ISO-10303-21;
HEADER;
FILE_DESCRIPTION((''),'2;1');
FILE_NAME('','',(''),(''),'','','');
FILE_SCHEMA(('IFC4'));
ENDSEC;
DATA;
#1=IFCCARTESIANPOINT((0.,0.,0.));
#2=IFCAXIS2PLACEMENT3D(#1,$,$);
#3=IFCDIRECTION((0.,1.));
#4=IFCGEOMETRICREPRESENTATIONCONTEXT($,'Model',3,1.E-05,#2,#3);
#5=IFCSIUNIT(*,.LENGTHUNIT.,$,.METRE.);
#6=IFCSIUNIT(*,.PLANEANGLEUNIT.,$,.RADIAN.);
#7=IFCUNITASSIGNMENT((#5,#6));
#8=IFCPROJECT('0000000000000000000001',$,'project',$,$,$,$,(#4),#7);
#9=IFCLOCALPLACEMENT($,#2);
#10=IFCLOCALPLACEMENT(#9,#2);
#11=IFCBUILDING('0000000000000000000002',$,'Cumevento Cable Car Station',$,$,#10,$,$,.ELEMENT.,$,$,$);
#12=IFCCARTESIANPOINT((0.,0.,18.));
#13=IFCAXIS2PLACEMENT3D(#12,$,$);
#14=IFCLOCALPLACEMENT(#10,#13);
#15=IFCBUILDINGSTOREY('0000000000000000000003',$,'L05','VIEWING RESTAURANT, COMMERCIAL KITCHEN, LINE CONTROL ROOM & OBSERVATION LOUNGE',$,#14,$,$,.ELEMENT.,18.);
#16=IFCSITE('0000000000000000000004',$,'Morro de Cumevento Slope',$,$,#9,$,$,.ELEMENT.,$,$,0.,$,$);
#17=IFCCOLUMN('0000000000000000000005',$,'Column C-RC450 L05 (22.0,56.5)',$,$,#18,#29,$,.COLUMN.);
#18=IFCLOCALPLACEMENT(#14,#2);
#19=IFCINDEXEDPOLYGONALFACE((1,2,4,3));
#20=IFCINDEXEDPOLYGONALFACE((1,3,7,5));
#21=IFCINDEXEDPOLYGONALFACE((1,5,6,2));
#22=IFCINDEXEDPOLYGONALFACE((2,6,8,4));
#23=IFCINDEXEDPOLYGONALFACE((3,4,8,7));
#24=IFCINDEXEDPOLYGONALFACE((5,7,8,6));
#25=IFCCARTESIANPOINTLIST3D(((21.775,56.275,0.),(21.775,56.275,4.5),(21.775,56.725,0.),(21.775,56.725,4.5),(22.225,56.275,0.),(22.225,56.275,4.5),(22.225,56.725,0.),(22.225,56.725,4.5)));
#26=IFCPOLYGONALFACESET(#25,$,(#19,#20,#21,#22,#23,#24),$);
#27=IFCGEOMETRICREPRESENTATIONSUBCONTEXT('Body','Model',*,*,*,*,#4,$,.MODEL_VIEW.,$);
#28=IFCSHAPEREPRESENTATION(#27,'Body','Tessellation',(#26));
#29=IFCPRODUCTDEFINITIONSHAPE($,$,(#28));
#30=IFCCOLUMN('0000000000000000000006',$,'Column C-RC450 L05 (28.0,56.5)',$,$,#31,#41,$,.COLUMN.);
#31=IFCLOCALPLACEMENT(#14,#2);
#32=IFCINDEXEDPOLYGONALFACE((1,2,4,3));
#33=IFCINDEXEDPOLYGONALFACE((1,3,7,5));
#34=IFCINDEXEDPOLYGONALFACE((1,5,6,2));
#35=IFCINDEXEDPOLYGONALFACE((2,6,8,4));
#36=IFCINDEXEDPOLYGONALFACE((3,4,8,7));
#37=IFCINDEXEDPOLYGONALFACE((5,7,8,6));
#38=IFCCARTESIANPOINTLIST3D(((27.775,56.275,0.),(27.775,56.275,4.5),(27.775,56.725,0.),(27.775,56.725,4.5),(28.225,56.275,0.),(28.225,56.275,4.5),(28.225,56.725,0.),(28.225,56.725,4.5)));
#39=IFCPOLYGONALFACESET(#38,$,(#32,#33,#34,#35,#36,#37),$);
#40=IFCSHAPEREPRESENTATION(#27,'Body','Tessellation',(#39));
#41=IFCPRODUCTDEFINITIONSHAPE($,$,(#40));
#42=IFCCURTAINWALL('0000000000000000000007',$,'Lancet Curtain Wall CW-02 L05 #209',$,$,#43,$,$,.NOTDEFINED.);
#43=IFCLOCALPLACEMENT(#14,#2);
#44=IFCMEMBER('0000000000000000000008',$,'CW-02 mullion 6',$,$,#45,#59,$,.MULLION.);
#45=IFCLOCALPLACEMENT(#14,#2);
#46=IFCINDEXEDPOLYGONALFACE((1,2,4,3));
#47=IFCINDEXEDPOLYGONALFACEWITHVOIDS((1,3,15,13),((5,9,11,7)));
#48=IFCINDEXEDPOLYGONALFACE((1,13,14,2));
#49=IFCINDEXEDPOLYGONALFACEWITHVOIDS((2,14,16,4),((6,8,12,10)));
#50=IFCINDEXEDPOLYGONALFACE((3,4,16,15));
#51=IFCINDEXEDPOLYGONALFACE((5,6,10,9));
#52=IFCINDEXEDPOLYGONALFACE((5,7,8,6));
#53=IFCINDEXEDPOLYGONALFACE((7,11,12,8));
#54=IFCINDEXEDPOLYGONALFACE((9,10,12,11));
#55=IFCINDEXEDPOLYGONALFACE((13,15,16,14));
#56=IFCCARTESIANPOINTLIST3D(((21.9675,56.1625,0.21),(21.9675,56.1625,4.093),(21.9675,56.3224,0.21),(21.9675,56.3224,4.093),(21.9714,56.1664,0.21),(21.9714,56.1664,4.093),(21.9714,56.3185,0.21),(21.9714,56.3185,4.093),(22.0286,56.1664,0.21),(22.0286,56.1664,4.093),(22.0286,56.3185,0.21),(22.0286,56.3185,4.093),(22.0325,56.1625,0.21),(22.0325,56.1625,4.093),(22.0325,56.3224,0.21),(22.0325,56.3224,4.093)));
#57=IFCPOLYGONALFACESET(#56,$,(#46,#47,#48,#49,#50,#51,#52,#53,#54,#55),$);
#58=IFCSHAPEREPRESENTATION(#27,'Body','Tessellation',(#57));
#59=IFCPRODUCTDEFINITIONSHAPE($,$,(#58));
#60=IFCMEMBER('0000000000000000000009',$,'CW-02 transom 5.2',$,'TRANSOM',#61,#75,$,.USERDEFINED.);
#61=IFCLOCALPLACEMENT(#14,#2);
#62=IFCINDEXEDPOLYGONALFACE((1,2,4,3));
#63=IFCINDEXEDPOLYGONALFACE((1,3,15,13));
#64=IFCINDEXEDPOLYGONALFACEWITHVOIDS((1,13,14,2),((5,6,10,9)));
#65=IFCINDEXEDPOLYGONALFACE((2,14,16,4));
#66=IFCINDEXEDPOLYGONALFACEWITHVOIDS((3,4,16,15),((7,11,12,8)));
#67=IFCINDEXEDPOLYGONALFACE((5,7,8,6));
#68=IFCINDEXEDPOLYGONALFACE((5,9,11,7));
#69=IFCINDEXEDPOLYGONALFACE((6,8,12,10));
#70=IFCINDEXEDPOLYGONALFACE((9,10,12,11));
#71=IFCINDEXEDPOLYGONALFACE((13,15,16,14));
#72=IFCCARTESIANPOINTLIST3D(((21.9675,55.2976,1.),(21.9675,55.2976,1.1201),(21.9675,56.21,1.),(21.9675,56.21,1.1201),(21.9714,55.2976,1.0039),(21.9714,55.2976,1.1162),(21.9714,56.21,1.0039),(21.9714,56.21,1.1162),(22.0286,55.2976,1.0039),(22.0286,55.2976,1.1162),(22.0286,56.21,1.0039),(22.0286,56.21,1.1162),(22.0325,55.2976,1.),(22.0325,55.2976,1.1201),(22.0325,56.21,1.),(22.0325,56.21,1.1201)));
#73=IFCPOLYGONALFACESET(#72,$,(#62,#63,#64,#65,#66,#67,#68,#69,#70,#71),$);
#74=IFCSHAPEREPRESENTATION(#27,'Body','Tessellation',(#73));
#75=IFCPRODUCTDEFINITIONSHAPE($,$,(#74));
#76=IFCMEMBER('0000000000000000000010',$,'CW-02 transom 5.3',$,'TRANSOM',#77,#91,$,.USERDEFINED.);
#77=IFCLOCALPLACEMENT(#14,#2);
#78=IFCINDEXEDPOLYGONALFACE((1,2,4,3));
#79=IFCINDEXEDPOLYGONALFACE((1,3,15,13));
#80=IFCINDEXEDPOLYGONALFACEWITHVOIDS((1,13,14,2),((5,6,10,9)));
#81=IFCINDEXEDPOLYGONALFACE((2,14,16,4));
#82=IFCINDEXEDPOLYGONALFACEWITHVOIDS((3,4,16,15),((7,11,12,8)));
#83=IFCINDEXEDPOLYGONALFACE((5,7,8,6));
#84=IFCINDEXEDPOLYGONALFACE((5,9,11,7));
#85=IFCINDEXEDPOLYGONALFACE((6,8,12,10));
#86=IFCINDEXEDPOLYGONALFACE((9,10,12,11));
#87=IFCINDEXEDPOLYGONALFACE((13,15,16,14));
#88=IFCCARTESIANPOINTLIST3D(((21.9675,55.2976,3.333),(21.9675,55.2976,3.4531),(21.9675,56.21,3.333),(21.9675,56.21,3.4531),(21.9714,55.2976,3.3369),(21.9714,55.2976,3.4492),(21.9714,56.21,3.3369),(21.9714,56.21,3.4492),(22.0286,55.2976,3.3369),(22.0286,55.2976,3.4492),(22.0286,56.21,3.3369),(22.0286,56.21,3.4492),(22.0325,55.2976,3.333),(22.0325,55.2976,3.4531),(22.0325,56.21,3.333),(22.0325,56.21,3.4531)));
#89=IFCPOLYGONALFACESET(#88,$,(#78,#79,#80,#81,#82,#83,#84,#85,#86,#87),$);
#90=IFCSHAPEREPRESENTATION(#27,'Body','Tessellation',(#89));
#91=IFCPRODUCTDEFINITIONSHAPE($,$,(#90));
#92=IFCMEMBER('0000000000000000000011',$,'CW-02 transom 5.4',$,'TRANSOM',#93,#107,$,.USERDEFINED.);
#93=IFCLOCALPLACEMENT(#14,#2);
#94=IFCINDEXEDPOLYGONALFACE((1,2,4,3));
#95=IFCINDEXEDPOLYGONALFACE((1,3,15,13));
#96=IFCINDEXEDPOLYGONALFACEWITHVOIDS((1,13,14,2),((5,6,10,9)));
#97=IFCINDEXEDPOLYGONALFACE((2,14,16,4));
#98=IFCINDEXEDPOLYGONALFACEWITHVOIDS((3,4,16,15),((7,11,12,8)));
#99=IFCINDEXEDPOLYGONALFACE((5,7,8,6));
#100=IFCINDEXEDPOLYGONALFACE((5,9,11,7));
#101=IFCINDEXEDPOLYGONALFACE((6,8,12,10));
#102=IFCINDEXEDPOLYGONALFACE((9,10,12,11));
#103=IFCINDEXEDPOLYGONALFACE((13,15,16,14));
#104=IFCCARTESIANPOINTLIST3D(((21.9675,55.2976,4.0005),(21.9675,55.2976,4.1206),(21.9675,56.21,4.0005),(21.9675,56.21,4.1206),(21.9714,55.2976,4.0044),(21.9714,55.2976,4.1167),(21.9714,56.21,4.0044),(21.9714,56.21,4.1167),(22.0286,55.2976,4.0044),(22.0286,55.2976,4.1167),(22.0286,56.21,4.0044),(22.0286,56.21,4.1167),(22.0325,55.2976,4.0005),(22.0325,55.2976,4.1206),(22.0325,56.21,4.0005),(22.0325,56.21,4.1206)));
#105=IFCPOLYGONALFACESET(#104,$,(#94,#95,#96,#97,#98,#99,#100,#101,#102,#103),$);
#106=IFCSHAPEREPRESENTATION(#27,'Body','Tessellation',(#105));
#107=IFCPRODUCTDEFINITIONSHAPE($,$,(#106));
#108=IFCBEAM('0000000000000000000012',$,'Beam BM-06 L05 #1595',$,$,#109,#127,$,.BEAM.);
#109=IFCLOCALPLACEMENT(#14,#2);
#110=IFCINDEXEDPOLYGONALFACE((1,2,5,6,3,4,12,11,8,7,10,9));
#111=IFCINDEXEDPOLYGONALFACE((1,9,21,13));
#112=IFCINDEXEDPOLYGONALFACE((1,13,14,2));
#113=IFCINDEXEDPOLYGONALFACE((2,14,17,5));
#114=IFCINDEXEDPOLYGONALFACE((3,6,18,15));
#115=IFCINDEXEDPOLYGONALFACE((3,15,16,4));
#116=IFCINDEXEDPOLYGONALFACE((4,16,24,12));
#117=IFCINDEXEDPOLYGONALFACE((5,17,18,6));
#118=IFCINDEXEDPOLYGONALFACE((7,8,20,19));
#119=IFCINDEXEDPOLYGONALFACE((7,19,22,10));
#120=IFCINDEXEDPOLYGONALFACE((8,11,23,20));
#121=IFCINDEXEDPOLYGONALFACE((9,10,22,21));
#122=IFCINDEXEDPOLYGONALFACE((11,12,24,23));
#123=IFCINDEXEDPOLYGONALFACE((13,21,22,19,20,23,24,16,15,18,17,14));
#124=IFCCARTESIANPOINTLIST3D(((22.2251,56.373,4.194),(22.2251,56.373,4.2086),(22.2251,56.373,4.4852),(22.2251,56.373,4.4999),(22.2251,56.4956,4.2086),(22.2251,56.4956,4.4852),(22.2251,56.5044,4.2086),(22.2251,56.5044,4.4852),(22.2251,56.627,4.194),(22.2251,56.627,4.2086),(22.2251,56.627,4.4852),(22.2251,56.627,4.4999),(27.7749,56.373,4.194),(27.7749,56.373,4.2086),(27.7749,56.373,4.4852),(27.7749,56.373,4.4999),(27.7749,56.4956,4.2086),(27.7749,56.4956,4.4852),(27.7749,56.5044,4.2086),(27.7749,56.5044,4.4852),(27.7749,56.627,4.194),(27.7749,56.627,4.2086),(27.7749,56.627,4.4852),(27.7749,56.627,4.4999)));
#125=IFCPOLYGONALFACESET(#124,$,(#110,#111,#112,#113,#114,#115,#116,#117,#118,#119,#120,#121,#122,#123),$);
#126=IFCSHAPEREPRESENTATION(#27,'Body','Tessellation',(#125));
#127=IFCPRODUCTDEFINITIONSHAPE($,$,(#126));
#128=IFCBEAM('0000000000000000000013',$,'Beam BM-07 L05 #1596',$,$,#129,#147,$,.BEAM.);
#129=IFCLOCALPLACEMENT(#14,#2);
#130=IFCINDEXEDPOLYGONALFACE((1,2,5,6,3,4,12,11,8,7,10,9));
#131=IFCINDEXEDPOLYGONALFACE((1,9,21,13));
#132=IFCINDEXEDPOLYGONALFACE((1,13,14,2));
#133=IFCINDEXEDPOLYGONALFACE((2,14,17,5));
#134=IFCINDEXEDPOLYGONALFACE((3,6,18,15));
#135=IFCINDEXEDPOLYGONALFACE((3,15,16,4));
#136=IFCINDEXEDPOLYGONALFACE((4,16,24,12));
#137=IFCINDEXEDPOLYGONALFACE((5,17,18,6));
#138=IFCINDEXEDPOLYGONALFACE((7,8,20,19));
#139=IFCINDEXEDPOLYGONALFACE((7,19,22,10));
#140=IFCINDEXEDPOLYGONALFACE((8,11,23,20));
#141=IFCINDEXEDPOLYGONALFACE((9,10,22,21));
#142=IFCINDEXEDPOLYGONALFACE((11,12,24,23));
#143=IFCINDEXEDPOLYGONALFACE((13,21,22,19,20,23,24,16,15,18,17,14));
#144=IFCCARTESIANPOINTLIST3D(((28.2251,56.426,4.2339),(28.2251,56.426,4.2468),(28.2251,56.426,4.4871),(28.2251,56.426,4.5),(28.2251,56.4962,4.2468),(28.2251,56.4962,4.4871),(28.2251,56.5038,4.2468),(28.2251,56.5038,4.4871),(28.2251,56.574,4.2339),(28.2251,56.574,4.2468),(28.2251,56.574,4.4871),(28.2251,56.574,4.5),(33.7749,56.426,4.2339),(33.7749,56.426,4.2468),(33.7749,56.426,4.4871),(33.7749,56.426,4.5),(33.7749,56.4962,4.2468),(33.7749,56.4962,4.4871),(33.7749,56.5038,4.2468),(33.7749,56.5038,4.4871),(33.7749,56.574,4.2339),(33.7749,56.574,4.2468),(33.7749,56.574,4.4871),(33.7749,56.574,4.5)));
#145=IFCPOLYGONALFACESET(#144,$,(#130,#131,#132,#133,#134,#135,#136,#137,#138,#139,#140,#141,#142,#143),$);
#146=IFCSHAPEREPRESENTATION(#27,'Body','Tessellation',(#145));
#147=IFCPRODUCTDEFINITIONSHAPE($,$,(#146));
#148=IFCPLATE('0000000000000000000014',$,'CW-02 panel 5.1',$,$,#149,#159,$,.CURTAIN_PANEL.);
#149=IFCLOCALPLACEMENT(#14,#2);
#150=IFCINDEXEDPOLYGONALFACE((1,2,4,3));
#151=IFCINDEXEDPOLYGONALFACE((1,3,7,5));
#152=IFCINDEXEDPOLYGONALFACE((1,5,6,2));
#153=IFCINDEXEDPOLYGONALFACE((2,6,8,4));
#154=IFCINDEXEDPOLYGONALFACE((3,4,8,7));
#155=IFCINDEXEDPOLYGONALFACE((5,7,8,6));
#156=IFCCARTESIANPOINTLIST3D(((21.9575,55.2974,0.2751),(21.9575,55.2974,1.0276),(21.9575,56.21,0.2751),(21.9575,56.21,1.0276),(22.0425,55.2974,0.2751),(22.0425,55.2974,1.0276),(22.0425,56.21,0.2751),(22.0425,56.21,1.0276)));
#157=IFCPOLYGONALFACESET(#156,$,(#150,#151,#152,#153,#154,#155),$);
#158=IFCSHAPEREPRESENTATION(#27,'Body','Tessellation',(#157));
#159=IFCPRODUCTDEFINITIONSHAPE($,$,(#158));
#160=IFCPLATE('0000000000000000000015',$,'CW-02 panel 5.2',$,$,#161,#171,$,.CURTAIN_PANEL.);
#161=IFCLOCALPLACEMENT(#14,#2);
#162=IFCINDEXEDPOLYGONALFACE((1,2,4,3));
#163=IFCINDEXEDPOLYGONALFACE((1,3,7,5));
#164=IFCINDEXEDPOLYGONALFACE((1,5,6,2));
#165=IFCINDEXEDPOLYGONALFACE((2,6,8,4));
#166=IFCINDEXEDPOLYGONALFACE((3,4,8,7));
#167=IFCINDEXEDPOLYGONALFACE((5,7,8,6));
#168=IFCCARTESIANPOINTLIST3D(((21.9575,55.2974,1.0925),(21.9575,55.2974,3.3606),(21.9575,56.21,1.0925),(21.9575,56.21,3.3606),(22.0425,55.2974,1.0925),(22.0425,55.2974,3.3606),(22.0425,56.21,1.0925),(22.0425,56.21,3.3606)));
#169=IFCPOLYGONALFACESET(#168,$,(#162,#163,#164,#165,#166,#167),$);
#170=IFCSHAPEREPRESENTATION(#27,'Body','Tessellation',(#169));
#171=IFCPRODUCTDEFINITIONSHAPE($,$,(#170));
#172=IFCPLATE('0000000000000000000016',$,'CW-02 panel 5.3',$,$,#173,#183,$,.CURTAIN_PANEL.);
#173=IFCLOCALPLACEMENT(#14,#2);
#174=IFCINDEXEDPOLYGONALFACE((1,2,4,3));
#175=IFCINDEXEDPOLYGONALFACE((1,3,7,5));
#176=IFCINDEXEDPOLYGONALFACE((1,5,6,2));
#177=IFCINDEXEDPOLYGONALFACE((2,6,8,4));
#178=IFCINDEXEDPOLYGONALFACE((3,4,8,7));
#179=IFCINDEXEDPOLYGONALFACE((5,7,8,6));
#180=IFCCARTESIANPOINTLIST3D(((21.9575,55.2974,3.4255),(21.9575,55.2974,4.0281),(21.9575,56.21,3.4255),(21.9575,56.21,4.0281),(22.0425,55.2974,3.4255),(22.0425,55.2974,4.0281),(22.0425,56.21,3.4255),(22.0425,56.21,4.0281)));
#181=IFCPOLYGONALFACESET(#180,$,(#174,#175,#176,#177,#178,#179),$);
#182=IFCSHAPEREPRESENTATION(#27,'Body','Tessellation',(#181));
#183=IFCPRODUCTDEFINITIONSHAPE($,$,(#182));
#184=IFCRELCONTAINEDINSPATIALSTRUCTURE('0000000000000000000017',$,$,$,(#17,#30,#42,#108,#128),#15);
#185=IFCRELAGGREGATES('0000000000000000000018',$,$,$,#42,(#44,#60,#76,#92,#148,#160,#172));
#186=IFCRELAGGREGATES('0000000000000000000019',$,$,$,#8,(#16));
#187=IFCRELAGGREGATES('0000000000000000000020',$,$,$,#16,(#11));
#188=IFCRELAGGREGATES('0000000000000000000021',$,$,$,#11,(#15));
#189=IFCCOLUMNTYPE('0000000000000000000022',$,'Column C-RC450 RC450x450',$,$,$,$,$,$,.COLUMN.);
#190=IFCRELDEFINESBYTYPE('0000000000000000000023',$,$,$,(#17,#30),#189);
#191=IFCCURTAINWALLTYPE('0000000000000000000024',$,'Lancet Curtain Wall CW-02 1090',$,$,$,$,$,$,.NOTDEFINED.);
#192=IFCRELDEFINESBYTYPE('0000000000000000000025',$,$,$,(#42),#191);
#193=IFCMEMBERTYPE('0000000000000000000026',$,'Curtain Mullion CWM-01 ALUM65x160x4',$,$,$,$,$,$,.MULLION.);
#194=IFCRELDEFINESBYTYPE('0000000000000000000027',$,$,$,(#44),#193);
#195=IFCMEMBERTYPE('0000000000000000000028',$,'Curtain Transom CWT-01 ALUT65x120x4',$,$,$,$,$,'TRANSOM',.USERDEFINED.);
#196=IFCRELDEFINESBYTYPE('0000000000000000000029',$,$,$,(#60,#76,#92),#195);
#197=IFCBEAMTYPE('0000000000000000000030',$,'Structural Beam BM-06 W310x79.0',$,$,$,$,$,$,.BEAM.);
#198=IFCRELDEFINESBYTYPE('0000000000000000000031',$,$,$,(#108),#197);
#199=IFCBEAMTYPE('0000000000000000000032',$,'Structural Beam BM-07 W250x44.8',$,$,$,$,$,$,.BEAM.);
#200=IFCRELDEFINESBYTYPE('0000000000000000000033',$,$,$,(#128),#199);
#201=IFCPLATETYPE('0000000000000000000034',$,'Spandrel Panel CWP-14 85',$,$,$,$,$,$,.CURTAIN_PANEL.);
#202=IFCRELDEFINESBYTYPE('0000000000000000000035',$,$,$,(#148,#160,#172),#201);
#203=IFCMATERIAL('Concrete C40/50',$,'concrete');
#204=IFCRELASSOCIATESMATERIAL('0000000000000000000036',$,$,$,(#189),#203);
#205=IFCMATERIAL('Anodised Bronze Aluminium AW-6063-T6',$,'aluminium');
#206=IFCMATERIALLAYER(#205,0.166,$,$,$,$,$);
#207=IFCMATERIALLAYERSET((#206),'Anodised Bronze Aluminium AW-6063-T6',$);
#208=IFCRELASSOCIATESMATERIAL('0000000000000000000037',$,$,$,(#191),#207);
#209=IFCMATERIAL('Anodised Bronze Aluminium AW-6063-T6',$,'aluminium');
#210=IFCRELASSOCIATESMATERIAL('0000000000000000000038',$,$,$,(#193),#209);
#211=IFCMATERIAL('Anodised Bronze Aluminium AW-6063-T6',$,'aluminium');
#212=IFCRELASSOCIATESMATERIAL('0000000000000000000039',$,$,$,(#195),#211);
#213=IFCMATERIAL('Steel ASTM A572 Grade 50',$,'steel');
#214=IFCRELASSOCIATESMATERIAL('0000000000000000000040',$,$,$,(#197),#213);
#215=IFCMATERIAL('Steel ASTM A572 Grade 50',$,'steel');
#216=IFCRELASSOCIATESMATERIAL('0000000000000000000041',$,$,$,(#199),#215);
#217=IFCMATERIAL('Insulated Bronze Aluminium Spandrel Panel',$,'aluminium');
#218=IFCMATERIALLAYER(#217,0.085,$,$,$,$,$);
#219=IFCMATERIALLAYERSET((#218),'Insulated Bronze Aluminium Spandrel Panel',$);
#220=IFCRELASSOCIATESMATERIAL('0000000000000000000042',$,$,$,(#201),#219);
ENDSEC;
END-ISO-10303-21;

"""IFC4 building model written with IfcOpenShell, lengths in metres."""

from ifc_helpers import new_model, si_unit, direction, frame, origin, origin_2d, place, context, subcontext, project, spatial, rectangle, hollow_rectangle, i_section, extrude, material, layer, layer_set, material_profile, profile_set, type_object, element, aggregate, save


model = new_model("IFC4")

# Units and contexts
model_context = context("Model", 3, precision=1e-05, world=origin(), true_north=direction((0.0, 1.0)))
body_context = subcontext(model_context, "Body", "Model", "MODEL_VIEW")
ifc_project = project(units=[si_unit("LENGTHUNIT", "METRE"), si_unit("PLANEANGLEUNIT", "RADIAN")], contexts=[model_context])

# Site, building, storey
site_placement = place(None, origin())
site = spatial("IfcSite", under=ifc_project, at=site_placement, Name="Morro de Cumevento Slope", CompositionType="ELEMENT", RefElevation=0.0)
building_placement = place(site_placement, origin())
building = spatial("IfcBuilding", under=site, at=building_placement, Name="Cumevento Cable Car Station", CompositionType="ELEMENT")
storey_placement = place(building_placement, frame((0.0, 0.0, 18.0)))
storey = spatial("IfcBuildingStorey", under=building, at=storey_placement, Name="L05", Description="VIEWING RESTAURANT, COMMERCIAL KITCHEN, LINE CONTROL ROOM & OBSERVATION LOUNGE", CompositionType="ELEMENT", Elevation=18.0)

# Columns
ifc_material_1 = material(Name="Concrete C40/50", Category="concrete")
ifc_material_profile_1 = material_profile(ifc_material_1, rectangle(XDim=0.45, YDim=0.45, at=origin_2d()), Name="RC450x450")
ifc_profile_set_1 = profile_set([ifc_material_profile_1], Name="Concrete C40/50")
column_type = type_object("IfcColumnType", Name="Column C-RC450 RC450x450", PredefinedType="COLUMN", material=ifc_profile_set_1)
for number, where, z_axis, x_axis, name in (
    (1, (22.0, 56.5, 0.0), (0.0, 0.0, 1.0), (1.0, 0.0, 0.0), "Column C-RC450 L05 (22.0,56.5)"),
    (2, (28.0, 56.5, 0.0), (0.0, 0.0, 1.0), (1.0, 0.0, 0.0), "Column C-RC450 L05 (28.0,56.5)"),
):
    element("IfcColumn", number, at=place(storey_placement, frame(where, z_axis=z_axis, x_axis=x_axis)), inside=storey, type_object=column_type, Name=name, PredefinedType="COLUMN", context=body_context, shape_type="SweptSolid", body=[
        extrude(rectangle(XDim=0.45, YDim=0.45, at=origin_2d()), origin(), (0.0, 0.0, 1.0), 4.5),
    ])

# Curtain wall, members
ifc_material_2 = material(Name="Anodised Bronze Aluminium AW-6063-T6", Category="aluminium")
ifc_layer_1 = layer(ifc_material_2, 0.166)
ifc_layer_set_1 = layer_set([ifc_layer_1], Name="Anodised Bronze Aluminium AW-6063-T6")
curtain_wall_type = type_object("IfcCurtainWallType", Name="Lancet Curtain Wall CW-02 1090", PredefinedType="NOTDEFINED", material=ifc_layer_set_1)
curtain_wall_placement = place(storey_placement, origin())
curtain_wall = element("IfcCurtainWall", 3, at=curtain_wall_placement, inside=storey, type_object=curtain_wall_type, Name="Lancet Curtain Wall CW-02 L05 #209", PredefinedType="NOTDEFINED")
ifc_material_3 = material(Name="Anodised Bronze Aluminium AW-6063-T6", Category="aluminium")
ifc_material_profile_2 = material_profile(ifc_material_3, hollow_rectangle(XDim=0.0649, YDim=0.1599, WallThickness=0.0039, at=origin_2d()), Name="ALUM65x160x4")
ifc_profile_set_2 = profile_set([ifc_material_profile_2], Name="Anodised Bronze Aluminium AW-6063-T6")
member_type_1 = type_object("IfcMemberType", Name="Curtain Mullion CWM-01 ALUM65x160x4", PredefinedType="MULLION", material=ifc_profile_set_2)
member_1_placement = place(storey_placement, frame((22.0, 56.2424, 0.21), z_axis=(0.0, 0.0, 1.0), x_axis=(-1.0, 0.0, 0.0)))
member_1 = element("IfcMember", 4, at=member_1_placement, type_object=member_type_1, Name="CW-02 mullion 6", PredefinedType="MULLION", context=body_context, shape_type="SweptSolid", body=[
    extrude(hollow_rectangle(XDim=0.0649, YDim=0.1599, WallThickness=0.0039, at=origin_2d()), origin(), (0.0, 0.0, 1.0), 3.8831),
])
ifc_material_4 = material(Name="Anodised Bronze Aluminium AW-6063-T6", Category="aluminium")
ifc_material_profile_3 = material_profile(ifc_material_4, hollow_rectangle(XDim=0.0649, YDim=0.1201, WallThickness=0.0039, at=origin_2d()), Name="ALUT65x120x4")
ifc_profile_set_3 = profile_set([ifc_material_profile_3], Name="Anodised Bronze Aluminium AW-6063-T6")
member_type_2 = type_object("IfcMemberType", Name="Curtain Transom CWT-01 ALUT65x120x4", ElementType="TRANSOM", PredefinedType="USERDEFINED", material=ifc_profile_set_3)
member_2_placement = place(storey_placement, frame((22.0, 55.2976, 1.0601), z_axis=(0.0, 1.0, 0.0), x_axis=(-1.0, 0.0, 0.0)))
member_2 = element("IfcMember", 5, at=member_2_placement, type_object=member_type_2, Name="CW-02 transom 5.2", ObjectType="TRANSOM", PredefinedType="USERDEFINED", context=body_context, shape_type="SweptSolid", body=[
    extrude(hollow_rectangle(XDim=0.0649, YDim=0.1201, WallThickness=0.0039, at=origin_2d()), origin(), (0.0, 0.0, 1.0), 0.9124),
])
member_3_placement = place(storey_placement, frame((22.0, 55.2976, 3.3931), z_axis=(0.0, 1.0, 0.0), x_axis=(-1.0, 0.0, 0.0)))
member_3 = element("IfcMember", 6, at=member_3_placement, type_object=member_type_2, Name="CW-02 transom 5.3", ObjectType="TRANSOM", PredefinedType="USERDEFINED", context=body_context, shape_type="SweptSolid", body=[
    extrude(hollow_rectangle(XDim=0.0649, YDim=0.1201, WallThickness=0.0039, at=origin_2d()), origin(), (0.0, 0.0, 1.0), 0.9124),
])
member_4_placement = place(storey_placement, frame((22.0, 55.2976, 4.0605), z_axis=(0.0, 1.0, 0.0), x_axis=(-1.0, 0.0, 0.0)))
member_4 = element("IfcMember", 7, at=member_4_placement, type_object=member_type_2, Name="CW-02 transom 5.4", ObjectType="TRANSOM", PredefinedType="USERDEFINED", context=body_context, shape_type="SweptSolid", body=[
    extrude(hollow_rectangle(XDim=0.0649, YDim=0.1201, WallThickness=0.0039, at=origin_2d()), origin(), (0.0, 0.0, 1.0), 0.9124),
])

# Beams
ifc_material_5 = material(Name="Steel ASTM A572 Grade 50", Category="steel")
ifc_material_profile_4 = material_profile(ifc_material_5, i_section(OverallWidth=0.2539, OverallDepth=0.3059, WebThickness=0.0088, FlangeThickness=0.0146, at=origin_2d()), Name="W310x79.0")
ifc_profile_set_4 = profile_set([ifc_material_profile_4], Name="Steel ASTM A572 Grade 50")
beam_type_1 = type_object("IfcBeamType", Name="Structural Beam BM-06 W310x79.0", PredefinedType="BEAM", material=ifc_profile_set_4)
beam_1_placement = place(storey_placement, frame((22.2251, 56.5, 4.3469), z_axis=(1.0, 0.0, 0.0), x_axis=(0.0, 1.0, 0.0)))
element("IfcBeam", 8, at=beam_1_placement, inside=storey, type_object=beam_type_1, Name="Beam BM-06 L05 #1595", PredefinedType="BEAM", context=body_context, shape_type="SweptSolid", body=[
    extrude(i_section(OverallWidth=0.2539, OverallDepth=0.3059, WebThickness=0.0088, FlangeThickness=0.0146, at=origin_2d()), origin(), (0.0, 0.0, 1.0), 5.5498),
])
ifc_material_6 = material(Name="Steel ASTM A572 Grade 50", Category="steel")
ifc_material_profile_5 = material_profile(ifc_material_6, i_section(OverallWidth=0.1479, OverallDepth=0.2661, WebThickness=0.0076, FlangeThickness=0.0129, at=origin_2d()), Name="W250x44.8")
ifc_profile_set_5 = profile_set([ifc_material_profile_5], Name="Steel ASTM A572 Grade 50")
beam_type_2 = type_object("IfcBeamType", Name="Structural Beam BM-07 W250x44.8", PredefinedType="BEAM", material=ifc_profile_set_5)
beam_2_placement = place(storey_placement, frame((28.2251, 56.5, 4.3669), z_axis=(1.0, 0.0, 0.0), x_axis=(0.0, 1.0, 0.0)))
element("IfcBeam", 9, at=beam_2_placement, inside=storey, type_object=beam_type_2, Name="Beam BM-07 L05 #1596", PredefinedType="BEAM", context=body_context, shape_type="SweptSolid", body=[
    extrude(i_section(OverallWidth=0.1479, OverallDepth=0.2661, WebThickness=0.0076, FlangeThickness=0.0129, at=origin_2d()), origin(), (0.0, 0.0, 1.0), 5.5498),
])

# Plates
ifc_material_7 = material(Name="Insulated Bronze Aluminium Spandrel Panel", Category="aluminium")
ifc_layer_2 = layer(ifc_material_7, 0.085)
ifc_layer_set_2 = layer_set([ifc_layer_2], Name="Insulated Bronze Aluminium Spandrel Panel")
plate_type = type_object("IfcPlateType", Name="Spandrel Panel CWP-14 85", PredefinedType="CURTAIN_PANEL", material=ifc_layer_set_2)
plate_1_placement = place(storey_placement, frame((22.0, 55.7537, 0.2751), z_axis=(0.0, 0.0, 1.0), x_axis=(0.0, 1.0, 0.0)))
plate_1 = element("IfcPlate", 10, at=plate_1_placement, type_object=plate_type, Name="CW-02 panel 5.1", PredefinedType="CURTAIN_PANEL", context=body_context, shape_type="SweptSolid", body=[
    extrude(rectangle(XDim=0.9126, YDim=0.085, at=origin_2d()), origin(), (0.0, 0.0, 1.0), 0.7524),
])
plate_2_placement = place(storey_placement, frame((22.0, 55.7537, 1.0925), z_axis=(0.0, 0.0, 1.0), x_axis=(0.0, 1.0, 0.0)))
plate_2 = element("IfcPlate", 11, at=plate_2_placement, type_object=plate_type, Name="CW-02 panel 5.2", PredefinedType="CURTAIN_PANEL", context=body_context, shape_type="SweptSolid", body=[
    extrude(rectangle(XDim=0.9126, YDim=0.085, at=origin_2d()), origin(), (0.0, 0.0, 1.0), 2.2681),
])
plate_3_placement = place(storey_placement, frame((22.0, 55.7537, 3.4255), z_axis=(0.0, 0.0, 1.0), x_axis=(0.0, 1.0, 0.0)))
plate_3 = element("IfcPlate", 12, at=plate_3_placement, type_object=plate_type, Name="CW-02 panel 5.3", PredefinedType="CURTAIN_PANEL", context=body_context, shape_type="SweptSolid", body=[
    extrude(rectangle(XDim=0.9126, YDim=0.085, at=origin_2d()), origin(), (0.0, 0.0, 1.0), 0.6025),
])
aggregate(curtain_wall, [member_1, member_2, member_3, member_4, plate_1, plate_2, plate_3])

save(model, "model.ifc")
